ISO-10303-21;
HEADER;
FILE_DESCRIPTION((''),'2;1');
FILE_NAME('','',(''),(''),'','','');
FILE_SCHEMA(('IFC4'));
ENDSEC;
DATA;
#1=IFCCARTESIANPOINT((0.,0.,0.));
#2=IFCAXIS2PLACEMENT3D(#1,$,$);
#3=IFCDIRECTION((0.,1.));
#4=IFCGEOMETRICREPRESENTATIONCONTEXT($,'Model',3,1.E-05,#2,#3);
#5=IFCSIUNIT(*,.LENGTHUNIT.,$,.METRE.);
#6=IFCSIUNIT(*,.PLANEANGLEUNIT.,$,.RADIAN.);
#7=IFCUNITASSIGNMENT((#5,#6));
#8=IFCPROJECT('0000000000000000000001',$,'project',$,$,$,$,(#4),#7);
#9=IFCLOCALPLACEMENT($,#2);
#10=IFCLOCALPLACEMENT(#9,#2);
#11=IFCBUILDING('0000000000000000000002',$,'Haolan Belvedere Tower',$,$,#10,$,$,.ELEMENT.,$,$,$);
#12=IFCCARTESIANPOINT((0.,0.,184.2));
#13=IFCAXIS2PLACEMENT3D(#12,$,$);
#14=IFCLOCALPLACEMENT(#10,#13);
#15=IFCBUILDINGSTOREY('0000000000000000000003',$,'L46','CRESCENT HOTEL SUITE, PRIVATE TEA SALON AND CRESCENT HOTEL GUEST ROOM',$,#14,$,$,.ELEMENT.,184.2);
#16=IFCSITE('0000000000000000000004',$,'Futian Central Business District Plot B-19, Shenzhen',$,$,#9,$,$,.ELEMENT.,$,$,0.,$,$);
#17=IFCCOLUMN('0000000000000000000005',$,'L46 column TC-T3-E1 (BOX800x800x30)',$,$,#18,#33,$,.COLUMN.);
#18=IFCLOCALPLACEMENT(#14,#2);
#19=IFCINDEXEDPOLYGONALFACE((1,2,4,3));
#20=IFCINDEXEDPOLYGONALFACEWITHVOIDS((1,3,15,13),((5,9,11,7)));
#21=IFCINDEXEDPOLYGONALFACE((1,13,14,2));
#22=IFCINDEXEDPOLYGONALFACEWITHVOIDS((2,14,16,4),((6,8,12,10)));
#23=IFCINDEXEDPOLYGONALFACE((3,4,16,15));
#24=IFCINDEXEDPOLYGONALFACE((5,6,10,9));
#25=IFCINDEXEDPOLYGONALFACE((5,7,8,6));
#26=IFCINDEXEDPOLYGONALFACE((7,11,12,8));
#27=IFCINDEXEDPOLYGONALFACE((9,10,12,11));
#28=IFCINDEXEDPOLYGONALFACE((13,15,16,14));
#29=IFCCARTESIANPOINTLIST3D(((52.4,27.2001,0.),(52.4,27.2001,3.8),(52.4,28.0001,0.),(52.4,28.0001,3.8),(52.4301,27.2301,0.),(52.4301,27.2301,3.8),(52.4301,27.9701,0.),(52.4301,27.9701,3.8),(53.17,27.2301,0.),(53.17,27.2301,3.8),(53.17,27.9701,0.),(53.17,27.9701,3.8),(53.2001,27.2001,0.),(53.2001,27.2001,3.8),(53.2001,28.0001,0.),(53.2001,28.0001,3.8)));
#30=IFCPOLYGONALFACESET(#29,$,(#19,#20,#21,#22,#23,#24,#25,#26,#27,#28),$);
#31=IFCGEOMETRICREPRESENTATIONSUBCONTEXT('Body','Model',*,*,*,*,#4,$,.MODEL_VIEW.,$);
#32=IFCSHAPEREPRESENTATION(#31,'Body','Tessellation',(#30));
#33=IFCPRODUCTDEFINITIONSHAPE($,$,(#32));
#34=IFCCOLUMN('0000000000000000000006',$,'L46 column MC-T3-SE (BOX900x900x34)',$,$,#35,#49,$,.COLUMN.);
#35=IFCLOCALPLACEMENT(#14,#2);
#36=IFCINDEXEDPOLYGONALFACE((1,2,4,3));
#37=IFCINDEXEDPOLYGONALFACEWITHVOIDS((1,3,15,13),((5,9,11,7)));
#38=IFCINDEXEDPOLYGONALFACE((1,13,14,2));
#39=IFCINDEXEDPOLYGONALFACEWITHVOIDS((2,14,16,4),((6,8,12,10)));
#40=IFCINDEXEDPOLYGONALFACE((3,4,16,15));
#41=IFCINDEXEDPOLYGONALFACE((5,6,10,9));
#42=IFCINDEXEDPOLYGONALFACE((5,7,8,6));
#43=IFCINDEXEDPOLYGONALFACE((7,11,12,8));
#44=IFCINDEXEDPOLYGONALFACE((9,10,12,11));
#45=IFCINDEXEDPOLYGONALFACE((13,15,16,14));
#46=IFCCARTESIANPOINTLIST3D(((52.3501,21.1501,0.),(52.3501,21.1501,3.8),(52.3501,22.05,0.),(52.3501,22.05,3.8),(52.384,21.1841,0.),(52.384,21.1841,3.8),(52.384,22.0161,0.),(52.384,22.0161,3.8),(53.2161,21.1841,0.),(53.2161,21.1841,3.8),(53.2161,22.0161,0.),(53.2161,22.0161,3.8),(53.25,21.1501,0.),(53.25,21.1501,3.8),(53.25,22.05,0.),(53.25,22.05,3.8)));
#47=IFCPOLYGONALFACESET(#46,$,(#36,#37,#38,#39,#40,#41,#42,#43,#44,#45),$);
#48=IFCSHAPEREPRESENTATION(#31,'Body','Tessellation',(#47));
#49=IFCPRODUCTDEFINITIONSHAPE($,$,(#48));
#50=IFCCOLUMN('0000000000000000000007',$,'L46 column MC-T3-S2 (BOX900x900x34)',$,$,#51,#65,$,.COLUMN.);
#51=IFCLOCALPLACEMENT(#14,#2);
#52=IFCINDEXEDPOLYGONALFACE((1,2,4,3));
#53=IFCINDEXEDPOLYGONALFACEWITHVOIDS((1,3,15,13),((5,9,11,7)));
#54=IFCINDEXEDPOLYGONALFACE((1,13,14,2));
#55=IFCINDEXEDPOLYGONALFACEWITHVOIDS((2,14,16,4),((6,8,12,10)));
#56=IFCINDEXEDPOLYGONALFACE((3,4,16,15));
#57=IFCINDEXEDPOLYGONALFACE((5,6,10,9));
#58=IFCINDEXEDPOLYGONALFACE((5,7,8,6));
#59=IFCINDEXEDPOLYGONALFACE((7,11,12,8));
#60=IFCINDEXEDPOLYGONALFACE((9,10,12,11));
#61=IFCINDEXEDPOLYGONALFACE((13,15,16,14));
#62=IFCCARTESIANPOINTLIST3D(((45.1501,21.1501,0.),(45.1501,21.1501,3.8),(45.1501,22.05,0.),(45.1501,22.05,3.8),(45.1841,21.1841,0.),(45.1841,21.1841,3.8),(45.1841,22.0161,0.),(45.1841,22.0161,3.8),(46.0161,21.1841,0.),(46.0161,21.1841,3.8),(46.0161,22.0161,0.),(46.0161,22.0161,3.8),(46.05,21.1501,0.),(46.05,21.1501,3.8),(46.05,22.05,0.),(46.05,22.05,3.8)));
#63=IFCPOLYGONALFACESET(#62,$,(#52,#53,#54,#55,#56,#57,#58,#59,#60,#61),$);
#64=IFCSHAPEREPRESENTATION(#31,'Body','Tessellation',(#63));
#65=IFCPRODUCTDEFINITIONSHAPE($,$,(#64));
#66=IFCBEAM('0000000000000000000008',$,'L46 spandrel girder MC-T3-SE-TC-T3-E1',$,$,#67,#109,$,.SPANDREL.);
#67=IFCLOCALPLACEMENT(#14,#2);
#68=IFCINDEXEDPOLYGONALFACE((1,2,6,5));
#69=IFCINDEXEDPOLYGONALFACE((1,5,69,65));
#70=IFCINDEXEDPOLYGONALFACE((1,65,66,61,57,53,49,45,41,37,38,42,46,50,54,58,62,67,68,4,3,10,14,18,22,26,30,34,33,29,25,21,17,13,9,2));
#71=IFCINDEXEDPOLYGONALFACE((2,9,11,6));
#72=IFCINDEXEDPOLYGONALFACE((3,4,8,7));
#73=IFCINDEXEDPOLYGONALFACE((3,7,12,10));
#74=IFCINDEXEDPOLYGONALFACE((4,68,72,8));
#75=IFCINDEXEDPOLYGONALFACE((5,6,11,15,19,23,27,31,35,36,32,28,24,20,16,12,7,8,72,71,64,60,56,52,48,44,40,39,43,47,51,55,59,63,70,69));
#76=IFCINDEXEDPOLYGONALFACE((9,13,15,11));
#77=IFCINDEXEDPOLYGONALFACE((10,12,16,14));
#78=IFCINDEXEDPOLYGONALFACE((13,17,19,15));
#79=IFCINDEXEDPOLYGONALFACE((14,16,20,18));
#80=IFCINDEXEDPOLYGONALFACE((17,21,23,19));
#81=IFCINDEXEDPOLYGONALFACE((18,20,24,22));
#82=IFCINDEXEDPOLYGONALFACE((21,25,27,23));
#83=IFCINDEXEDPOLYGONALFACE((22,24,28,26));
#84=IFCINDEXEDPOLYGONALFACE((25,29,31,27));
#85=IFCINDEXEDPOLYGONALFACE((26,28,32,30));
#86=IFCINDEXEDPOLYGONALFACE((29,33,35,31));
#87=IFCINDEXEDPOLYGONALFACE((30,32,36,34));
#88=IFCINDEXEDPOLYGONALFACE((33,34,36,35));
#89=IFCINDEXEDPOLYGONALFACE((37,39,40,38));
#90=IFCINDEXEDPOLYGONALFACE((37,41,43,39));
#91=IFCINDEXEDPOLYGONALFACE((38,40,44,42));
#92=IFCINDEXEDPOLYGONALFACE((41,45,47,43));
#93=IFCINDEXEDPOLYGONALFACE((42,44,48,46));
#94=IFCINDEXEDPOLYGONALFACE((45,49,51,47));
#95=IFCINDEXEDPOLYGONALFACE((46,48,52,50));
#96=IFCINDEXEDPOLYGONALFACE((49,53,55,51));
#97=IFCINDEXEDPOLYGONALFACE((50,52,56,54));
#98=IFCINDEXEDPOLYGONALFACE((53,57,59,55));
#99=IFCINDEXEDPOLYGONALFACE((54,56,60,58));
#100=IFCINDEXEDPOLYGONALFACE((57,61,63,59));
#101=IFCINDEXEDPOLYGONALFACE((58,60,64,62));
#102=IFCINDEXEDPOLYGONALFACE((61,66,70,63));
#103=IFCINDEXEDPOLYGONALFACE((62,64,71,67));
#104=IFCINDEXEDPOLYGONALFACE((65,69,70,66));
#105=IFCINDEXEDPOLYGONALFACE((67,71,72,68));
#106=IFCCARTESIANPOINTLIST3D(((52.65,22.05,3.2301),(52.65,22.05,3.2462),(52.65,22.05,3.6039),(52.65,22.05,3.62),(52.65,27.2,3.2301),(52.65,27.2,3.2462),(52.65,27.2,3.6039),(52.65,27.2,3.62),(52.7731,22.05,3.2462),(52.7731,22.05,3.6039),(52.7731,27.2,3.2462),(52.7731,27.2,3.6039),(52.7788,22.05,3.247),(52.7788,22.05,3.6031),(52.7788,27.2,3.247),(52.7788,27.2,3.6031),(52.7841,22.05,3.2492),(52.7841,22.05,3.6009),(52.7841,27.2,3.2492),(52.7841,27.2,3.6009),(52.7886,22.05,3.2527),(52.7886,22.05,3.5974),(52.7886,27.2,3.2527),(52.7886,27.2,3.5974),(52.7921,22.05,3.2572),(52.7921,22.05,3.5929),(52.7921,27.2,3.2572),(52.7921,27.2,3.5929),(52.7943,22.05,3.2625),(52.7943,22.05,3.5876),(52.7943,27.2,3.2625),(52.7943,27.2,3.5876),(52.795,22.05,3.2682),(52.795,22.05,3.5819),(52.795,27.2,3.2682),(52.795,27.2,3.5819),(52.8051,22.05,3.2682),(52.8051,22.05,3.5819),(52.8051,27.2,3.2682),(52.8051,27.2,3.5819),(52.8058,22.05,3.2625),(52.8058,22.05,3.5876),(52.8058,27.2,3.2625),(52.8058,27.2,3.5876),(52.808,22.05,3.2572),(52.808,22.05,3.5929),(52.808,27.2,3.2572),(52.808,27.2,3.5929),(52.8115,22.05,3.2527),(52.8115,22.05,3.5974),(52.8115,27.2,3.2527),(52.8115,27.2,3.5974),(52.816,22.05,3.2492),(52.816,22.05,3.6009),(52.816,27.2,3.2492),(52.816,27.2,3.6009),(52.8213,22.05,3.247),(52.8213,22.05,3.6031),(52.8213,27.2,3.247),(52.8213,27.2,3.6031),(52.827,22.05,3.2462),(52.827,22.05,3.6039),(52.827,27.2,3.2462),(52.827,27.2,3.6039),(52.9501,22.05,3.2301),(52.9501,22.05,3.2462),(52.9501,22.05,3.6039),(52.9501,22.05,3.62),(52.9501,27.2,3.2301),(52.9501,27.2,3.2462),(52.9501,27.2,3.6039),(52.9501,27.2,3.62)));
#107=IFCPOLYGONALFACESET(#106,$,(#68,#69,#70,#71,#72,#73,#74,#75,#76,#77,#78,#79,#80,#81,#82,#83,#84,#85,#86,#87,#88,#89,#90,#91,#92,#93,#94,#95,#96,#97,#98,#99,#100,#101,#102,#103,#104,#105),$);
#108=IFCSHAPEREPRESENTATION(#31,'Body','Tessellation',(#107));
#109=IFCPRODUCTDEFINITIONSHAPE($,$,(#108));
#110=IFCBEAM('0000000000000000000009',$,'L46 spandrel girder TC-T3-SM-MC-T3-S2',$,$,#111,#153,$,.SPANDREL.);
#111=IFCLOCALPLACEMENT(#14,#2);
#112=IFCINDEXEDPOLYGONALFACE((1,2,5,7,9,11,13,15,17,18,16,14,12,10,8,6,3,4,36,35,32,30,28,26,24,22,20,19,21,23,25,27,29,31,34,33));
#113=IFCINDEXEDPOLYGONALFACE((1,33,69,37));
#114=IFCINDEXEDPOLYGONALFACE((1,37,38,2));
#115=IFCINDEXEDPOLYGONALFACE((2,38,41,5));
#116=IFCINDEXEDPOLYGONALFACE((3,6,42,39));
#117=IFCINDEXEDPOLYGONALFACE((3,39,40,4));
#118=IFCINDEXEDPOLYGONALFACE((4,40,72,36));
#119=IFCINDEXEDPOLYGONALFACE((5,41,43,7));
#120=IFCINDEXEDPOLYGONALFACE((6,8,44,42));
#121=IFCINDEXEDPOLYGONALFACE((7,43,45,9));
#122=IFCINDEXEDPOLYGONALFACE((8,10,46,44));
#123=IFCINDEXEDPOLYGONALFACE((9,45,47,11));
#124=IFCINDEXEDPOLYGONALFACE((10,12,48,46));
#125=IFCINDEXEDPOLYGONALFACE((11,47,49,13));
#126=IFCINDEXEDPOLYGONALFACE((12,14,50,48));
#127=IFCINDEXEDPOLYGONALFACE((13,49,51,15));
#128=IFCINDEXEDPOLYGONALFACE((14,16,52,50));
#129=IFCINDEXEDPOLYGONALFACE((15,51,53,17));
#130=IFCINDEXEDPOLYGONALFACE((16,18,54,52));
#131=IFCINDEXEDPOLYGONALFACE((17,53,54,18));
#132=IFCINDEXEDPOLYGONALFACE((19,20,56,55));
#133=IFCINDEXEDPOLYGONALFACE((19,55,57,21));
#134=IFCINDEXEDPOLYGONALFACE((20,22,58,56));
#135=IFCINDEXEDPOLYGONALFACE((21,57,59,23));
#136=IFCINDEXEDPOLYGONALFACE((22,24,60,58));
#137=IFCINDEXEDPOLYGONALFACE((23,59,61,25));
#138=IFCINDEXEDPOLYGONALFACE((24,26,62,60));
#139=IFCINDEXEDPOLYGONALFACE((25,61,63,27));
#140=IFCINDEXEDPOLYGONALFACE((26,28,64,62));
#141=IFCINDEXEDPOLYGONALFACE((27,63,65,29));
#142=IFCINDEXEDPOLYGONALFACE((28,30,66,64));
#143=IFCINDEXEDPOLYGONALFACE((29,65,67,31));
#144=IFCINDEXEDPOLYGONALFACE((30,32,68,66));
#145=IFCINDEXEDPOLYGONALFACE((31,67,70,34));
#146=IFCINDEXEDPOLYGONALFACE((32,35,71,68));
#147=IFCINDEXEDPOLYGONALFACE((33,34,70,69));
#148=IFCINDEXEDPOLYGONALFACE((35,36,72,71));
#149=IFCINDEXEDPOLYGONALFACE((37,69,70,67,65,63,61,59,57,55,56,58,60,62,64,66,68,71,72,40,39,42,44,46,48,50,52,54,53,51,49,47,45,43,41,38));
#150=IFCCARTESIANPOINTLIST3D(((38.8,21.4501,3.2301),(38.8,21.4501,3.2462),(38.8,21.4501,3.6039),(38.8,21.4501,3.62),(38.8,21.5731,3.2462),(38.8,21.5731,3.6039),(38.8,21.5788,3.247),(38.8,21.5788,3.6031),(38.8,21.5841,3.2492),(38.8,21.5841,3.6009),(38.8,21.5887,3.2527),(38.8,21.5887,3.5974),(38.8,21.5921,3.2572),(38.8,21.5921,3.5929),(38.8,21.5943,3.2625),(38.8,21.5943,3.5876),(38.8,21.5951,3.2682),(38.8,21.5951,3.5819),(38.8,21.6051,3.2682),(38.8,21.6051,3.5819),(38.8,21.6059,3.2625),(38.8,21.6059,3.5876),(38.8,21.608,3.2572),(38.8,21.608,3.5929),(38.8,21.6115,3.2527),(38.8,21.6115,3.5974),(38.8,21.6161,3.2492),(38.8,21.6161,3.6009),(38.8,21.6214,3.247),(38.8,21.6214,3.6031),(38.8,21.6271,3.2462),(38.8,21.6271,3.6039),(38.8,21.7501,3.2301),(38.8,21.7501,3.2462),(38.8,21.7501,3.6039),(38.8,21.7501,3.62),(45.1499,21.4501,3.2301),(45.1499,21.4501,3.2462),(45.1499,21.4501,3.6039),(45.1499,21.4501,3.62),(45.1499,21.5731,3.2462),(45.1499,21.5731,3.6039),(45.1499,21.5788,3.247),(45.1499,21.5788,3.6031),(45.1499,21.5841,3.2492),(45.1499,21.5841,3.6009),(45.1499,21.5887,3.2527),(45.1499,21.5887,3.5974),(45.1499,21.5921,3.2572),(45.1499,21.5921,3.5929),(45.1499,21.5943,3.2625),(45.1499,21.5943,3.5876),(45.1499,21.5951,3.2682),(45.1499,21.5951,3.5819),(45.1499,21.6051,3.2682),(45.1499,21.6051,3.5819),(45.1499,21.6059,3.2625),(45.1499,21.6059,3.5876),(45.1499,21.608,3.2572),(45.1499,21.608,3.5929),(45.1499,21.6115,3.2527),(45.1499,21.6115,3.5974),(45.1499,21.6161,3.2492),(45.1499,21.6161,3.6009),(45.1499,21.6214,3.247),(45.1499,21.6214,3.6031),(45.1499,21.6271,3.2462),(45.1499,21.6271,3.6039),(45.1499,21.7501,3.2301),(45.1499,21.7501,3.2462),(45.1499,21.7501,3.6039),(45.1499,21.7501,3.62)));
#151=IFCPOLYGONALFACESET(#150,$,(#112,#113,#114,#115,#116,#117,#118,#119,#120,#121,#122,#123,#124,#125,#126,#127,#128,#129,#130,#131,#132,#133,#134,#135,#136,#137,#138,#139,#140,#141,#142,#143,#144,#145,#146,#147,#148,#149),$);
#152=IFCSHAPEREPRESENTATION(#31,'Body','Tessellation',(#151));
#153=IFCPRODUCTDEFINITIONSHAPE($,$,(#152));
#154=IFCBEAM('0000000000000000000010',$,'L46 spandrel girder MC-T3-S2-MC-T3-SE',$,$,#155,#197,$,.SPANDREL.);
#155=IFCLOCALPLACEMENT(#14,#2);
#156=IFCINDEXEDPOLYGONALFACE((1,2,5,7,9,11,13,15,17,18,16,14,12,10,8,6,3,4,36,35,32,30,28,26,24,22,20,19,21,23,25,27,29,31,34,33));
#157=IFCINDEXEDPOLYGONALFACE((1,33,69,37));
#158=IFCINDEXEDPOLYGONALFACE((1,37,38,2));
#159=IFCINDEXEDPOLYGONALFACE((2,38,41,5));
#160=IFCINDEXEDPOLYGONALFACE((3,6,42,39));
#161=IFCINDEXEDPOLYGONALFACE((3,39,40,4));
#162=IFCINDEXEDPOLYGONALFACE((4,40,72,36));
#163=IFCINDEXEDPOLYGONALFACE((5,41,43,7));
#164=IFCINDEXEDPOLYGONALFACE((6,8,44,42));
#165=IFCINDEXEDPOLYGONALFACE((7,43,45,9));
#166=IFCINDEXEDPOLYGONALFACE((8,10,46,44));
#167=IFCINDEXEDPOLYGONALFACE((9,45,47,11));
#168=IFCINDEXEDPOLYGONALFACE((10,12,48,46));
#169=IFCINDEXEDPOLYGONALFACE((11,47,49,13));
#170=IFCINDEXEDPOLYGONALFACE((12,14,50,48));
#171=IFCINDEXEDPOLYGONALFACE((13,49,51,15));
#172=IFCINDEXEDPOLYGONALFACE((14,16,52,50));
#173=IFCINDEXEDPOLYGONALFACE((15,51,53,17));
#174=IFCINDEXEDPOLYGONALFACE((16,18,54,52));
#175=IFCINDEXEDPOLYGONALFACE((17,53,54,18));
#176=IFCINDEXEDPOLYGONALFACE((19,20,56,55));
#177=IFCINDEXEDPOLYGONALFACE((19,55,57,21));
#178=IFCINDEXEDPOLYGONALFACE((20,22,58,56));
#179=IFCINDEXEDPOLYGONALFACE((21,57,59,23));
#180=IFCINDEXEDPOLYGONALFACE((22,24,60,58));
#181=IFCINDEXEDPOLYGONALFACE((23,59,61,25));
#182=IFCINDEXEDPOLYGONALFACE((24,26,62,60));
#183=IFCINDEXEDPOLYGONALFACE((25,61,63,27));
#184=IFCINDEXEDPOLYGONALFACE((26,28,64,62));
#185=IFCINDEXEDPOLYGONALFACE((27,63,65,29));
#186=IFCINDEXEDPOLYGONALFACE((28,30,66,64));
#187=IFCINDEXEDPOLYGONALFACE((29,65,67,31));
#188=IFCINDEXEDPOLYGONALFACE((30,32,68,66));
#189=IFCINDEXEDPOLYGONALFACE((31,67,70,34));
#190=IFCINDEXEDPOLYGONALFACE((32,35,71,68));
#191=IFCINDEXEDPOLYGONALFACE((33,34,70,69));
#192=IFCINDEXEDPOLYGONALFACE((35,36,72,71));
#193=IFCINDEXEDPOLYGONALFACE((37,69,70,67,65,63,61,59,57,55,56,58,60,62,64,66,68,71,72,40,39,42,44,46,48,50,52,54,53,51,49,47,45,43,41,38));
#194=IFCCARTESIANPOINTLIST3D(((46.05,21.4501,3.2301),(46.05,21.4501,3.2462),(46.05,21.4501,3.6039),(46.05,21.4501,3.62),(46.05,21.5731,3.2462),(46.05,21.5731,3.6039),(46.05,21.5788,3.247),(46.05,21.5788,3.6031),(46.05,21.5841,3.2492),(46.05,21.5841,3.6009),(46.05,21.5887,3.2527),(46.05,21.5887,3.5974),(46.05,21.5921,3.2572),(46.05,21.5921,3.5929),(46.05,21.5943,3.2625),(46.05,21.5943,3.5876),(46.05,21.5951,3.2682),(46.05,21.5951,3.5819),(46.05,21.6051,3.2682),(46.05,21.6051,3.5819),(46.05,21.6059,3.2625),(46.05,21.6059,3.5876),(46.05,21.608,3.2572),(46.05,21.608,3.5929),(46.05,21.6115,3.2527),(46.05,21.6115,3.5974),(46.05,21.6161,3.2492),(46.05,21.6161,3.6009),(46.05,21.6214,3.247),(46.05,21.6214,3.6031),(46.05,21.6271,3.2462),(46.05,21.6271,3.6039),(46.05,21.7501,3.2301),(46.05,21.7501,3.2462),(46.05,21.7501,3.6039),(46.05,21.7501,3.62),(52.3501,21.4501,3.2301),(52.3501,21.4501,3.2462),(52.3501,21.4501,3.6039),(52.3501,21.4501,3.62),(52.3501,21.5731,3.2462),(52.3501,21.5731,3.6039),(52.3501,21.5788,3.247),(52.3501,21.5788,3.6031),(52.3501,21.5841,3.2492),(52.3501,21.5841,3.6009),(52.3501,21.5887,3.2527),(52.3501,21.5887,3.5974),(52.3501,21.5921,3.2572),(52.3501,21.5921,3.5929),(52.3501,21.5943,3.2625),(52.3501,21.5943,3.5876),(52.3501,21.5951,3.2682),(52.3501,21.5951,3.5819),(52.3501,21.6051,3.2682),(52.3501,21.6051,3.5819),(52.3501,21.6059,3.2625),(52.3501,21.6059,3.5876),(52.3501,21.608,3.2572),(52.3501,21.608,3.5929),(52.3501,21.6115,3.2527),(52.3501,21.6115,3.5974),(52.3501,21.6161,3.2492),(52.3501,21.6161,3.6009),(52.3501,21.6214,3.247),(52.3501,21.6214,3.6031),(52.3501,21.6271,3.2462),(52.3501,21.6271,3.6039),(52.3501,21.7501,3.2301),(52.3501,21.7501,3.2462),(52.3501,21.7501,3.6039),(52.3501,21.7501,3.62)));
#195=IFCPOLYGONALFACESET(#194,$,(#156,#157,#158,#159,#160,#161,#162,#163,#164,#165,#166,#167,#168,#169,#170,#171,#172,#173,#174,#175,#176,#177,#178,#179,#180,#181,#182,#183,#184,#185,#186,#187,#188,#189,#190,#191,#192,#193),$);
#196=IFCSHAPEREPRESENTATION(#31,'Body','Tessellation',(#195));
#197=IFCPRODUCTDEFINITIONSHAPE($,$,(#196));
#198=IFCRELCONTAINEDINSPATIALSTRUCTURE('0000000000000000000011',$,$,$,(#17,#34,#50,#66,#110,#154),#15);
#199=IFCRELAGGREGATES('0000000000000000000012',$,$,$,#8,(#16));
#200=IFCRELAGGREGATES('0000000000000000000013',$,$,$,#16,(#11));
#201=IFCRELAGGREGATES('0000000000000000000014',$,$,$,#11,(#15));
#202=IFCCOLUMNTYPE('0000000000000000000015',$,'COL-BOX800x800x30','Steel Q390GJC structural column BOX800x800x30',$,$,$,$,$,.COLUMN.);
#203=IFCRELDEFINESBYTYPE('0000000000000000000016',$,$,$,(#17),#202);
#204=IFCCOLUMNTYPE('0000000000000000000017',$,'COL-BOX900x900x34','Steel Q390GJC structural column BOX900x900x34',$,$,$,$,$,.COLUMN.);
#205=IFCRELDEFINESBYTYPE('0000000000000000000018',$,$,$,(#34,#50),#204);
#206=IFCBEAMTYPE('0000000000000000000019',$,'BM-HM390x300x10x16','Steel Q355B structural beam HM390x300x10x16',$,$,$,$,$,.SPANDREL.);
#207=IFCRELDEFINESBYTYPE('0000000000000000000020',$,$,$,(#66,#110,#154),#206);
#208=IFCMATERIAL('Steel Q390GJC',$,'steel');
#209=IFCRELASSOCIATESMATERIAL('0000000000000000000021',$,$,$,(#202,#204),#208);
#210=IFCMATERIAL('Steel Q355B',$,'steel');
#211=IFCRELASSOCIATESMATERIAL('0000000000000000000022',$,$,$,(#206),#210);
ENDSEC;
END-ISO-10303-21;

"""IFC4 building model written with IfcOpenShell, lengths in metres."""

from ifc_helpers import new_model, si_unit, direction, frame, origin, origin_2d, place, context, subcontext, project, spatial, hollow_rectangle, i_section, extrude, material, material_profile, profile_set, type_object, element, save


model = new_model("IFC4")

# Units and contexts
model_context = context("Model", 3, precision=1e-05, world=origin(), true_north=direction((0.0, 1.0)))
body_context = subcontext(model_context, "Body", "Model", "MODEL_VIEW")
ifc_project = project(units=[si_unit("LENGTHUNIT", "METRE"), si_unit("PLANEANGLEUNIT", "RADIAN")], contexts=[model_context])

# Site, building, storey
site_placement = place(None, origin())
site = spatial("IfcSite", under=ifc_project, at=site_placement, Name="Futian Central Business District Plot B-19, Shenzhen", CompositionType="ELEMENT", RefElevation=0.0)
building_placement = place(site_placement, origin())
building = spatial("IfcBuilding", under=site, at=building_placement, Name="Haolan Belvedere Tower", CompositionType="ELEMENT")
storey_placement = place(building_placement, frame((0.0, 0.0, 184.2)))
storey = spatial("IfcBuildingStorey", under=building, at=storey_placement, Name="L46", Description="CRESCENT HOTEL SUITE, PRIVATE TEA SALON AND CRESCENT HOTEL GUEST ROOM", CompositionType="ELEMENT", Elevation=184.2)

# Columns
ifc_material_1 = material(Name="Steel Q390GJC", Category="steel")
ifc_material_profile_1 = material_profile(ifc_material_1, hollow_rectangle(XDim=0.8, YDim=0.8, WallThickness=0.03, at=origin_2d()), Name="Steel Q390GJC")
ifc_profile_set_1 = profile_set([ifc_material_profile_1], Name="Steel Q390GJC")
column_type_1 = type_object("IfcColumnType", Name="COL-BOX800x800x30", Description="Steel Q390GJC structural column BOX800x800x30", PredefinedType="COLUMN", material=ifc_profile_set_1)
column_placement = place(storey_placement, frame((52.8, 27.6001, 0.0), z_axis=(0.0, 0.0, 1.0), x_axis=(1.0, 0.0, 0.0)))
element("IfcColumn", 1, at=column_placement, inside=storey, type_object=column_type_1, Name="L46 column TC-T3-E1 (BOX800x800x30)", PredefinedType="COLUMN", context=body_context, shape_type="SweptSolid", body=[
    extrude(hollow_rectangle(XDim=0.8, YDim=0.8, WallThickness=0.03, at=origin_2d()), origin(), (0.0, 0.0, 1.0), 3.8),
])
ifc_material_profile_2 = material_profile(ifc_material_1, hollow_rectangle(XDim=0.8999, YDim=0.8999, WallThickness=0.0339, at=origin_2d()), Name="Steel Q390GJC")
ifc_profile_set_2 = profile_set([ifc_material_profile_2], Name="Steel Q390GJC")
column_type_2 = type_object("IfcColumnType", Name="COL-BOX900x900x34", Description="Steel Q390GJC structural column BOX900x900x34", PredefinedType="COLUMN", material=ifc_profile_set_2)
for number, where, z_axis, x_axis, name in (
    (2, (52.8, 21.6001, 0.0), (0.0, 0.0, 1.0), (1.0, 0.0, 0.0), "L46 column MC-T3-SE (BOX900x900x34)"),
    (3, (45.6001, 21.6001, 0.0), (0.0, 0.0, 1.0), (1.0, 0.0, 0.0), "L46 column MC-T3-S2 (BOX900x900x34)"),
):
    element("IfcColumn", number, at=place(storey_placement, frame(where, z_axis=z_axis, x_axis=x_axis)), inside=storey, type_object=column_type_2, Name=name, PredefinedType="COLUMN", context=body_context, shape_type="SweptSolid", body=[
        extrude(hollow_rectangle(XDim=0.8999, YDim=0.8999, WallThickness=0.0339, at=origin_2d()), origin(), (0.0, 0.0, 1.0), 3.8),
    ])

# Beams
ifc_material_2 = material(Name="Steel Q355B", Category="steel")
ifc_material_profile_3 = material_profile(ifc_material_2, i_section(OverallWidth=0.3, OverallDepth=0.3899, WebThickness=0.01, FlangeThickness=0.0161, FilletRadius=0.022, at=origin_2d()), Name="Steel Q355B")
ifc_profile_set_3 = profile_set([ifc_material_profile_3], Name="Steel Q355B")
beam_type_1 = type_object("IfcBeamType", Name="BM-HM390x300x10x16", Description="Steel Q355B structural beam HM390x300x10x16", PredefinedType="SPANDREL", material=ifc_profile_set_3)
beam_1_placement = place(storey_placement, frame((52.8, 22.05, 3.425), z_axis=(0.0, 1.0, 0.0), x_axis=(-1.0, 0.0, 0.0)))
element("IfcBeam", 4, at=beam_1_placement, inside=storey, type_object=beam_type_1, Name="L46 spandrel girder MC-T3-SE-TC-T3-E1", PredefinedType="SPANDREL", context=body_context, shape_type="SweptSolid", body=[
    extrude(i_section(OverallWidth=0.3, OverallDepth=0.3899, WebThickness=0.01, FlangeThickness=0.0161, FilletRadius=0.022, at=origin_2d()), origin(), (0.0, 0.0, 1.0), 5.1499),
])
beam_2_placement = place(storey_placement, frame((38.8, 21.6001, 3.425), z_axis=(1.0, 0.0, 0.0), x_axis=(0.0, 1.0, 0.0)))
element("IfcBeam", 5, at=beam_2_placement, inside=storey, type_object=beam_type_1, Name="L46 spandrel girder TC-T3-SM-MC-T3-S2", PredefinedType="SPANDREL", context=body_context, shape_type="SweptSolid", body=[
    extrude(i_section(OverallWidth=0.3, OverallDepth=0.3899, WebThickness=0.01, FlangeThickness=0.0161, FilletRadius=0.022, at=origin_2d()), origin(), (0.0, 0.0, 1.0), 6.3499),
])
beam_3_placement = place(storey_placement, frame((46.05, 21.6001, 3.425), z_axis=(1.0, 0.0, 0.0), x_axis=(0.0, 1.0, 0.0)))
element("IfcBeam", 6, at=beam_3_placement, inside=storey, type_object=beam_type_1, Name="L46 spandrel girder MC-T3-S2-MC-T3-SE", PredefinedType="SPANDREL", context=body_context, shape_type="SweptSolid", body=[
    extrude(i_section(OverallWidth=0.3, OverallDepth=0.3899, WebThickness=0.01, FlangeThickness=0.0161, FilletRadius=0.022, at=origin_2d()), origin(), (0.0, 0.0, 1.0), 6.3),
])

save(model, "model.ifc")
